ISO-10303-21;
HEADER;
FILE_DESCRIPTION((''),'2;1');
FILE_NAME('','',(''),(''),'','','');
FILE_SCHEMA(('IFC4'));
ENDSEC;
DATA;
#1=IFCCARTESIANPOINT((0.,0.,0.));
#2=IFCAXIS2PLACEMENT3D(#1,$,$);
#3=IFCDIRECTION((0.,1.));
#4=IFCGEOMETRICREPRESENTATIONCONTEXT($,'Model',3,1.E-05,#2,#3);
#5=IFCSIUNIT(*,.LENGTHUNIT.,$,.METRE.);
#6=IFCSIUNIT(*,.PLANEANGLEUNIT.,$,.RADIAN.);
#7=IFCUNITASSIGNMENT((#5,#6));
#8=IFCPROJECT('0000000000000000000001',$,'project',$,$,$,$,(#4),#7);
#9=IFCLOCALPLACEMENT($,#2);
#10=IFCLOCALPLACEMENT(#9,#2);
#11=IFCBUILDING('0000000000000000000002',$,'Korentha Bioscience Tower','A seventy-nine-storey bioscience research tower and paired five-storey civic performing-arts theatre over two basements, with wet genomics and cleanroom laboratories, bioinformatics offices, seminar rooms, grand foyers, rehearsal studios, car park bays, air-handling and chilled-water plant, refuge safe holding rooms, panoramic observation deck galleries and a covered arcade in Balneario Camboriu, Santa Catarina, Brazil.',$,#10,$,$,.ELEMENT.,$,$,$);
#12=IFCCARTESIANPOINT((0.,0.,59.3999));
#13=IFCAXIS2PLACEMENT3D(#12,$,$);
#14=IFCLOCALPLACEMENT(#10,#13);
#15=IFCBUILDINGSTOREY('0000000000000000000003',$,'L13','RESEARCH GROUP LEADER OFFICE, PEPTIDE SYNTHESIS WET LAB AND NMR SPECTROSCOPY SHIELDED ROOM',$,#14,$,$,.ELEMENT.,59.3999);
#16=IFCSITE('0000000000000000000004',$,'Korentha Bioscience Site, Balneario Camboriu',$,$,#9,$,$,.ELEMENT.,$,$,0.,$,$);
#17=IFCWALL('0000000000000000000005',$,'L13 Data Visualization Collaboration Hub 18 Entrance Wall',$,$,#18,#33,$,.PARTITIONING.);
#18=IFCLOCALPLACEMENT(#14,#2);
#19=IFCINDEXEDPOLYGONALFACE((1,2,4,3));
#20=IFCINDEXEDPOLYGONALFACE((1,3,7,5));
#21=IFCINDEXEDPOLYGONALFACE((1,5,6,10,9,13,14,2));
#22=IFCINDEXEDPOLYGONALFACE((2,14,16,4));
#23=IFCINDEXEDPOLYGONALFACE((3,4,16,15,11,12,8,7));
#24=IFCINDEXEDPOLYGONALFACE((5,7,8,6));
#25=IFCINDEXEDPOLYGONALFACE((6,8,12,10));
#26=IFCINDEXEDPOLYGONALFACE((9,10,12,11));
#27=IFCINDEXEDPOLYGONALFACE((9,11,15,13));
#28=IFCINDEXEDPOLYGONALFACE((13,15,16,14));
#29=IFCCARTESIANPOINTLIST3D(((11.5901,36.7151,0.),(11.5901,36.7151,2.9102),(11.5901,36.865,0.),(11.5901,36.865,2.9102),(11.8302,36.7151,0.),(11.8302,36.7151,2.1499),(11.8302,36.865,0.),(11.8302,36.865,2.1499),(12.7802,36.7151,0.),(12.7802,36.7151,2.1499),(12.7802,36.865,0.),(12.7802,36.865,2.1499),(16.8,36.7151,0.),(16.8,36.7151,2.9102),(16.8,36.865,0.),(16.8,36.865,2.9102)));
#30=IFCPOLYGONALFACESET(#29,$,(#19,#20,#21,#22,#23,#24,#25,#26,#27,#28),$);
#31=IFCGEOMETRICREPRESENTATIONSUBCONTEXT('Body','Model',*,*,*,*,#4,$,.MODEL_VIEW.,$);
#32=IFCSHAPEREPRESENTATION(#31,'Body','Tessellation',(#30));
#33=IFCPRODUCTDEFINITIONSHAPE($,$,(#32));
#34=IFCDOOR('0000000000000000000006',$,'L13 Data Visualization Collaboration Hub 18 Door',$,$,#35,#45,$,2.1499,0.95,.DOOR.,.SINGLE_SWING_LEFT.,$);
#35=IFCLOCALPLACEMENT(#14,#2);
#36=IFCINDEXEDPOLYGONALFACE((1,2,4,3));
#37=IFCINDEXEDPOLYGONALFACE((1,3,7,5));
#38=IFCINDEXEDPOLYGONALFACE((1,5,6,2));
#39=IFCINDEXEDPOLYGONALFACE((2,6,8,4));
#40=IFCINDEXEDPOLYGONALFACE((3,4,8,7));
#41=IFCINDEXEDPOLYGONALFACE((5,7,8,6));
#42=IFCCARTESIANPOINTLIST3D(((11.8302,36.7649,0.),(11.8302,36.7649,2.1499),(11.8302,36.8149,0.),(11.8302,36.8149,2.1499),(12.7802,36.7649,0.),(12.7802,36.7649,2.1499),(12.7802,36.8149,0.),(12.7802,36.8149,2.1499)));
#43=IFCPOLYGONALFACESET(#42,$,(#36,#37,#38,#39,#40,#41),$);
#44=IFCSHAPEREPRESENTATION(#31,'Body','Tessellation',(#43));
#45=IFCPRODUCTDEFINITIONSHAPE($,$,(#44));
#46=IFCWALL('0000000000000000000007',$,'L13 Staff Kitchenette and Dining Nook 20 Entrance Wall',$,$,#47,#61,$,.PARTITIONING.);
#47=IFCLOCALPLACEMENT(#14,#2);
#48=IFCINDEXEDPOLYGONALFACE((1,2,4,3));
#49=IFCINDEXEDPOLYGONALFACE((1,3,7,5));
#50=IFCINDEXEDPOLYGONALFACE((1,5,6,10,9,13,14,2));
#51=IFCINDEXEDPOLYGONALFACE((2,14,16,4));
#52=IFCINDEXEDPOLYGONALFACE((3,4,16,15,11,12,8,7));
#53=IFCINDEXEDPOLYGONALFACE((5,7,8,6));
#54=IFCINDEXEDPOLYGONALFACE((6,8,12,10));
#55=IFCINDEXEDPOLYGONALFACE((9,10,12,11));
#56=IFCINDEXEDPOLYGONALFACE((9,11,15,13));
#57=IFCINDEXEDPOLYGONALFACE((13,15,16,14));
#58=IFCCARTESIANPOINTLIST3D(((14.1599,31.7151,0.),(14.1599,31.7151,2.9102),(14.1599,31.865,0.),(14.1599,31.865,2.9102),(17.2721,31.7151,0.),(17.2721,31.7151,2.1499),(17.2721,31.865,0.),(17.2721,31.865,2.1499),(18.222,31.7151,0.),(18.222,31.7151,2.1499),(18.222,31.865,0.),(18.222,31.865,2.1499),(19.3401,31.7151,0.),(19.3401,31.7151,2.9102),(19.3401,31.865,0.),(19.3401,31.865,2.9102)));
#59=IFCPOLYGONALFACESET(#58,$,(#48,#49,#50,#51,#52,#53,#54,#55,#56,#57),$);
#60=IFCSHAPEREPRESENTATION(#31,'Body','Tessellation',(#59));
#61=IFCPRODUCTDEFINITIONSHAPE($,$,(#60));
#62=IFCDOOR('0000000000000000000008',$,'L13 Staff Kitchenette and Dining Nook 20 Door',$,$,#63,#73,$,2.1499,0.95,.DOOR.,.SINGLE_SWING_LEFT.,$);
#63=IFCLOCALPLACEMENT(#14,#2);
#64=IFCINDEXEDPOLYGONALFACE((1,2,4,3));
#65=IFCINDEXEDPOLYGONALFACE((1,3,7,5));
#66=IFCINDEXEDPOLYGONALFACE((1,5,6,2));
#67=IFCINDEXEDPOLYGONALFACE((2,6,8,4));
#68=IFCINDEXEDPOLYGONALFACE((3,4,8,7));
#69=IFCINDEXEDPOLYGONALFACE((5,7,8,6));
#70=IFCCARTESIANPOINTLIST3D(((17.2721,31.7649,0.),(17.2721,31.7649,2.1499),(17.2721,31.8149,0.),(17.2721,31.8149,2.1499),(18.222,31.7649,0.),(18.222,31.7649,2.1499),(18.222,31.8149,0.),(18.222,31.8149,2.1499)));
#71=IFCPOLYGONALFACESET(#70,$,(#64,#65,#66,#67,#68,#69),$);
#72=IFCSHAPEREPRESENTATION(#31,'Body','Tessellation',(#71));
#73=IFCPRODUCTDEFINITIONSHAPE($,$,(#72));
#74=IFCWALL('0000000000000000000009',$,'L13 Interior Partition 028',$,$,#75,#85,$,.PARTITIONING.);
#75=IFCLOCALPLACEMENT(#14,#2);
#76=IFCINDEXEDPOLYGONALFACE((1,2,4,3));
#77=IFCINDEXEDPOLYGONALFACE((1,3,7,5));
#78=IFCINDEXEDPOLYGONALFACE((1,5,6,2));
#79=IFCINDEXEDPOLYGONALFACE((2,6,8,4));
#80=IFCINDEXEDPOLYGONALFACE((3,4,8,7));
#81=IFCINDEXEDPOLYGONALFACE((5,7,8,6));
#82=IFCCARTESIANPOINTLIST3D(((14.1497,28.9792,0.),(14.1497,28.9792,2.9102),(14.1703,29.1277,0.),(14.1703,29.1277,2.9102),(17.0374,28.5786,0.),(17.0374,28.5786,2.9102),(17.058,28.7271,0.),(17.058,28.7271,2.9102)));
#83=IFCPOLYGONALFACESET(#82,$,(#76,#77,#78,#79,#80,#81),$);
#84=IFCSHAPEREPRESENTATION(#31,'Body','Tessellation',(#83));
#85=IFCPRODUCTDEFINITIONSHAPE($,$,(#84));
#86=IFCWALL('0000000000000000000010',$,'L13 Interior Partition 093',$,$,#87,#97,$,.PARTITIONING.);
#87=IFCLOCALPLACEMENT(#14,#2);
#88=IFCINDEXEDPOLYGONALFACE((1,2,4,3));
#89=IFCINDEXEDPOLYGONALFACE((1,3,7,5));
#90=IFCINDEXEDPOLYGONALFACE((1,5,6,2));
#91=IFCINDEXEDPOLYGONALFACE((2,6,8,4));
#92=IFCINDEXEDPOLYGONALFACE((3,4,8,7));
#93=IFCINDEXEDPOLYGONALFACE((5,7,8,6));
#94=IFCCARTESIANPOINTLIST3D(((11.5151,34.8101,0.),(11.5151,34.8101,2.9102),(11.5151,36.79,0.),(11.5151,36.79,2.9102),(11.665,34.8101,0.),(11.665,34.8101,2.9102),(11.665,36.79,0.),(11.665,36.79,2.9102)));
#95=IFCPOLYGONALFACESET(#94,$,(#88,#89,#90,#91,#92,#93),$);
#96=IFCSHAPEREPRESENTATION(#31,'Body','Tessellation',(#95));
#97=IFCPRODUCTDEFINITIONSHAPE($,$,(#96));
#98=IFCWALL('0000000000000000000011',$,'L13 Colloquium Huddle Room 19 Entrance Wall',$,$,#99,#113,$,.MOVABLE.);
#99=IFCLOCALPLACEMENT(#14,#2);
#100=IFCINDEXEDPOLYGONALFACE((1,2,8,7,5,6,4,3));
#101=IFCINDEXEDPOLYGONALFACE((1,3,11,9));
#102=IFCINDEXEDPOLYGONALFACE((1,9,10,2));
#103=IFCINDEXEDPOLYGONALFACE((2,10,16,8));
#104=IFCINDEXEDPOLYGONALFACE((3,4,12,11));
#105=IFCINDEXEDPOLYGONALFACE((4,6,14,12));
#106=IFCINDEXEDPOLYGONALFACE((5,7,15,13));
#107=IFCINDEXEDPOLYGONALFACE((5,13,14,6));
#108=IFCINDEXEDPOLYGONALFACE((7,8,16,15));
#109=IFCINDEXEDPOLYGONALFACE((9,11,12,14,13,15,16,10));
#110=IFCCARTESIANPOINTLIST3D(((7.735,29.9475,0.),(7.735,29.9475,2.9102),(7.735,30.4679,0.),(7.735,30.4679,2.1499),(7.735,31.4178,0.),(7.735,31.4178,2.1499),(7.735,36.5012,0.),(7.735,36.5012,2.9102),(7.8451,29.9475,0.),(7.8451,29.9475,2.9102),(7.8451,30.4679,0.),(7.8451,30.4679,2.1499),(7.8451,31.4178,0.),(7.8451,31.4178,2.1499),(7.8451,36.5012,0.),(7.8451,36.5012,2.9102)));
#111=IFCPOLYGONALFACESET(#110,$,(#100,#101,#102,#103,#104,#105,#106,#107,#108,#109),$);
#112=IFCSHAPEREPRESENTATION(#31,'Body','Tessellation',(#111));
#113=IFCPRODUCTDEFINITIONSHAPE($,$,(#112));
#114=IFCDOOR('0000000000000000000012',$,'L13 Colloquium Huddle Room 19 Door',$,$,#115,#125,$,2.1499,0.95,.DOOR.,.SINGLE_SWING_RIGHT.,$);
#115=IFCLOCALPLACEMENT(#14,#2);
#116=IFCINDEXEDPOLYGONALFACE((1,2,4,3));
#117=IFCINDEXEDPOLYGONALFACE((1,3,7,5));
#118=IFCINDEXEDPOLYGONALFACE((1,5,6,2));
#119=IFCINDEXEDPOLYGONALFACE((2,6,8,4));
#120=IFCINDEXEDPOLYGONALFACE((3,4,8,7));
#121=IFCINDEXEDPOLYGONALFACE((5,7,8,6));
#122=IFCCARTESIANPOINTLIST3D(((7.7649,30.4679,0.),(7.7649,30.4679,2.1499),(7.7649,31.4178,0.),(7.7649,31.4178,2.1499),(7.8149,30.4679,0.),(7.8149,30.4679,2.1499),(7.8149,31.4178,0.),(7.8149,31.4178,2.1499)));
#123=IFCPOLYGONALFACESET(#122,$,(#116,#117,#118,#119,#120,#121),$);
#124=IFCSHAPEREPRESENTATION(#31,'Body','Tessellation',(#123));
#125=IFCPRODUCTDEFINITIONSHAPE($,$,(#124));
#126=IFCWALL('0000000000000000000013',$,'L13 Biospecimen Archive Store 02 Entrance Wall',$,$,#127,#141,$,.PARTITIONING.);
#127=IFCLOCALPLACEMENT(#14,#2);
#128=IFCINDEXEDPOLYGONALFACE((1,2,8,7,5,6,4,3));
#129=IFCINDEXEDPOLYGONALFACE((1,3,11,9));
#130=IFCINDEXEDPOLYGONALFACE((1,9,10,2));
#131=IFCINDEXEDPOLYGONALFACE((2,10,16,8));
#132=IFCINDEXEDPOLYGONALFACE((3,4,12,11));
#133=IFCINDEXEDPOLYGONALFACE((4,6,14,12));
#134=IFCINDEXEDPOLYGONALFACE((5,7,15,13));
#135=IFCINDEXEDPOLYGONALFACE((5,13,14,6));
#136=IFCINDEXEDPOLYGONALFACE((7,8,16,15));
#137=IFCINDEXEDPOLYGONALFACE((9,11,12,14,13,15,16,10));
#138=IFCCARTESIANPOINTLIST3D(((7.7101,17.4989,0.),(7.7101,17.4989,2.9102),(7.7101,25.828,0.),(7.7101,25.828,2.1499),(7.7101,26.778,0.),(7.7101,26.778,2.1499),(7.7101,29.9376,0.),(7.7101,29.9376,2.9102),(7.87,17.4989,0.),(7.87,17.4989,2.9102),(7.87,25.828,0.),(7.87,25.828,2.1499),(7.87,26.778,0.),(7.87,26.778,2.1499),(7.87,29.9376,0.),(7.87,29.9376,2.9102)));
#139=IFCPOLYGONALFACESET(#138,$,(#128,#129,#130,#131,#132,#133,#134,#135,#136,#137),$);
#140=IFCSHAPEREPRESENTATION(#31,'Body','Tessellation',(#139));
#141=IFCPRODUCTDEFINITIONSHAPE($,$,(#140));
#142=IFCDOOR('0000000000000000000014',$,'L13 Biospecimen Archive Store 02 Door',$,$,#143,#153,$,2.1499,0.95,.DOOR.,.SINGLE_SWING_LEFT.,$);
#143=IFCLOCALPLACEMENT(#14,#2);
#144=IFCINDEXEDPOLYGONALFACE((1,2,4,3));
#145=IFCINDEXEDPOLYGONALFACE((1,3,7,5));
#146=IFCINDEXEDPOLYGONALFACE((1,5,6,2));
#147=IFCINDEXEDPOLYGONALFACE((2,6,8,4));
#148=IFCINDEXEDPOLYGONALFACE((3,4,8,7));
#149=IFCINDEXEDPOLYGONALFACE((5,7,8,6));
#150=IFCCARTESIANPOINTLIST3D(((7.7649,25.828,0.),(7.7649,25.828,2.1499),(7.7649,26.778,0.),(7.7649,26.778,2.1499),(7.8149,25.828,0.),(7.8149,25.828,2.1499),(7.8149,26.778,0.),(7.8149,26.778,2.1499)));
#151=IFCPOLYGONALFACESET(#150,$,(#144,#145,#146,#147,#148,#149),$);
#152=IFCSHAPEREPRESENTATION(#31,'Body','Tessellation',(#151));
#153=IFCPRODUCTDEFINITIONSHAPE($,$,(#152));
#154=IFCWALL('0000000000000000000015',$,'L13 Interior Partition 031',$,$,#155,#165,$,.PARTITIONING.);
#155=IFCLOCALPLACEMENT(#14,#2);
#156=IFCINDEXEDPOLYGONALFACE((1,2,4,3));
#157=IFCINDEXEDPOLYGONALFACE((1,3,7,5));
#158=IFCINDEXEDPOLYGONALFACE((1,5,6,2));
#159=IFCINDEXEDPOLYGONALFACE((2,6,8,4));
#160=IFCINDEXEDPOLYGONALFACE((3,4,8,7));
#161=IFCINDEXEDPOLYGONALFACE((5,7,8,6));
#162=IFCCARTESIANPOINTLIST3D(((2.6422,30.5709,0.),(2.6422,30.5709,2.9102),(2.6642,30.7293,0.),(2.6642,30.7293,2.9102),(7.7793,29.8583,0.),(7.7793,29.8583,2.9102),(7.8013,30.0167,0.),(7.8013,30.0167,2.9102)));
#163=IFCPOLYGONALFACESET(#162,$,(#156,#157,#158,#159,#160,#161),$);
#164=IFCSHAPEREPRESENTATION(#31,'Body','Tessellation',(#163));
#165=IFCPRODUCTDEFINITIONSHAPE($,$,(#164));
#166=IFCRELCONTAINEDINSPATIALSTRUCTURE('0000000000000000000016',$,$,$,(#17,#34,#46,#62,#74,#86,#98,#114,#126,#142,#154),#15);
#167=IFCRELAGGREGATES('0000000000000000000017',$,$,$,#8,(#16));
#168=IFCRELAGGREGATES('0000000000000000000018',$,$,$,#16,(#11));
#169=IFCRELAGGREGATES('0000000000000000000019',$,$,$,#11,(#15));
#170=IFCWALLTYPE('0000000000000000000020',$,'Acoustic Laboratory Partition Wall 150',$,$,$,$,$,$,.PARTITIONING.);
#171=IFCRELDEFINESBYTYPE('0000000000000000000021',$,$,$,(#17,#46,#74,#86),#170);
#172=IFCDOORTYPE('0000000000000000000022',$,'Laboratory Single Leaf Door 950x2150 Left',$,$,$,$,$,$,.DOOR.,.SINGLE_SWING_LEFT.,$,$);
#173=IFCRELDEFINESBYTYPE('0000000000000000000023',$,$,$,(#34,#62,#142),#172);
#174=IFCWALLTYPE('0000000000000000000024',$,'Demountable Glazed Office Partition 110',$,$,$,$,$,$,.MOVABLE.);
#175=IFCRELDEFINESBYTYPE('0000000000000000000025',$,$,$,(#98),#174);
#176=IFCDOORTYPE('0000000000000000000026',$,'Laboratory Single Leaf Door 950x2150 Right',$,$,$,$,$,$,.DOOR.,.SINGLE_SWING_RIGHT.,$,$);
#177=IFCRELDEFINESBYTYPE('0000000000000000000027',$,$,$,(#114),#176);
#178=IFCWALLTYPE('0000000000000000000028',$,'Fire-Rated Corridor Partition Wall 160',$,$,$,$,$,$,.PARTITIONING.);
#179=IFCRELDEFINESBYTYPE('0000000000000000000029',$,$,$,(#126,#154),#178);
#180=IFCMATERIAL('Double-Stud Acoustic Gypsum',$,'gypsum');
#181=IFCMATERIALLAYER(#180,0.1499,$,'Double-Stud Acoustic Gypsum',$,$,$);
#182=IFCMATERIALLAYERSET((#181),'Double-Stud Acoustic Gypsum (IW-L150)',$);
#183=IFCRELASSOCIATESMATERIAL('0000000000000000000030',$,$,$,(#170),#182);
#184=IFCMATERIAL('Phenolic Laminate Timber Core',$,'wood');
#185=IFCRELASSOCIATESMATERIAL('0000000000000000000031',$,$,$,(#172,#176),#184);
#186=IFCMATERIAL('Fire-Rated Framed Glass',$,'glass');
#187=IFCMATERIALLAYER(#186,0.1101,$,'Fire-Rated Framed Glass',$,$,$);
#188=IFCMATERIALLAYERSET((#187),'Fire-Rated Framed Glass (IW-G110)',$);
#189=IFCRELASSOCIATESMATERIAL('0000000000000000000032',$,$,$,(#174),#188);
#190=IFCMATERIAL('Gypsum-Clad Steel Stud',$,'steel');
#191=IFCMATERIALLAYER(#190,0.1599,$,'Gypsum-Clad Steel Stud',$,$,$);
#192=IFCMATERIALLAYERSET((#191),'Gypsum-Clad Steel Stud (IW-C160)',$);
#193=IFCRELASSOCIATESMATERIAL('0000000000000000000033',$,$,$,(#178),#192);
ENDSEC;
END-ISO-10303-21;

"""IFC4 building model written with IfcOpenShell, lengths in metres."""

from ifc_helpers import new_model, si_unit, direction, frame, frame_2d, origin, place, context, subcontext, project, spatial, rectangle, extrude, material, layer, layer_set, type_object, element, fill, save


model = new_model("IFC4")

# Units and contexts
model_context = context("Model", 3, precision=1e-05, world=origin(), true_north=direction((0.0, 1.0)))
body_context = subcontext(model_context, "Body", "Model", "MODEL_VIEW")
ifc_project = project(units=[si_unit("LENGTHUNIT", "METRE"), si_unit("PLANEANGLEUNIT", "RADIAN")], contexts=[model_context])

# Site, building, storey
site_placement = place(None, origin())
site = spatial("IfcSite", under=ifc_project, at=site_placement, Name="Korentha Bioscience Site, Balneario Camboriu", CompositionType="ELEMENT", RefElevation=0.0)
building_placement = place(site_placement, origin())
building = spatial("IfcBuilding", under=site, at=building_placement, Name="Korentha Bioscience Tower", Description="A seventy-nine-storey bioscience research tower and paired five-storey civic performing-arts theatre over two basements, with wet genomics and cleanroom laboratories, bioinformatics offices, seminar rooms, grand foyers, rehearsal studios, car park bays, air-handling and chilled-water plant, refuge safe holding rooms, panoramic observation deck galleries and a covered arcade in Balneario Camboriu, Santa Catarina, Brazil.", CompositionType="ELEMENT")
storey_placement = place(building_placement, frame((0.0, 0.0, 59.3999)))
storey = spatial("IfcBuildingStorey", under=building, at=storey_placement, Name="L13", Description="RESEARCH GROUP LEADER OFFICE, PEPTIDE SYNTHESIS WET LAB AND NMR SPECTROSCOPY SHIELDED ROOM", CompositionType="ELEMENT", Elevation=59.3999)

# Walls, openings, doors
ifc_material_1 = material(Name="Double-Stud Acoustic Gypsum", Category="gypsum")
ifc_layer_1 = layer(ifc_material_1, 0.1499, Name="Double-Stud Acoustic Gypsum")
ifc_layer_set_1 = layer_set([ifc_layer_1], Name="Double-Stud Acoustic Gypsum (IW-L150)")
wall_type_1 = type_object("IfcWallType", Name="Acoustic Laboratory Partition Wall 150", PredefinedType="PARTITIONING", material=ifc_layer_set_1)
wall_1_placement = place(storey_placement, frame((11.5901, 36.79, 0.0), z_axis=(0.0, 0.0, 1.0), x_axis=(1.0, 0.0, 0.0)))
wall_1 = element("IfcWall", 1, at=wall_1_placement, inside=storey, type_object=wall_type_1, Name="L13 Data Visualization Collaboration Hub 18 Entrance Wall", PredefinedType="PARTITIONING", context=body_context, shape_type="SweptSolid", body=[
    extrude(rectangle(XDim=5.21, YDim=0.1499, at=frame_2d((2.605, 0.0))), origin(), (0.0, 0.0, 1.0), 2.9102),
])
opening_1_placement = place(wall_1_placement, frame((0.24, 0.0, 0.0)))
opening_1 = element("IfcOpeningElement", 2, at=opening_1_placement, cuts=wall_1, PredefinedType="OPENING", context=body_context, shape_type="SweptSolid", body=[
    extrude(rectangle(XDim=0.95, YDim=2.1499, at=frame_2d((0.4751, 1.075))), frame((0.0, 0.0898, 0.0), z_axis=(0.0, -1.0, 0.0), x_axis=(1.0, 0.0, 0.0)), (0.0, 0.0, 1.0), 0.1797),
])
ifc_material_2 = material(Name="Phenolic Laminate Timber Core", Category="wood")
door_type_1 = type_object("IfcDoorType", Name="Laboratory Single Leaf Door 950x2150 Left", OperationType="SINGLE_SWING_LEFT", PredefinedType="DOOR", material=ifc_material_2)
door_1_placement = place(opening_1_placement, origin())
door_1 = element("IfcDoor", 3, at=door_1_placement, inside=storey, type_object=door_type_1, Name="L13 Data Visualization Collaboration Hub 18 Door", OperationType="SINGLE_SWING_LEFT", OverallHeight=2.1499, OverallWidth=0.95, PredefinedType="DOOR", context=body_context, shape_type="SweptSolid", body=[
    extrude(rectangle(XDim=0.95, YDim=2.1499, at=frame_2d((0.4751, 1.075))), frame((0.0, 0.0249, 0.0), z_axis=(0.0, -1.0, 0.0), x_axis=(1.0, 0.0, 0.0)), (0.0, 0.0, 1.0), 0.05),
])
fill(opening_1, door_1)
wall_2_placement = place(storey_placement, frame((14.1599, 31.79, 0.0), z_axis=(0.0, 0.0, 1.0), x_axis=(1.0, 0.0, 0.0)))
wall_2 = element("IfcWall", 4, at=wall_2_placement, inside=storey, type_object=wall_type_1, Name="L13 Staff Kitchenette and Dining Nook 20 Entrance Wall", PredefinedType="PARTITIONING", context=body_context, shape_type="SweptSolid", body=[
    extrude(rectangle(XDim=5.1802, YDim=0.1499, at=frame_2d((2.5901, 0.0))), origin(), (0.0, 0.0, 1.0), 2.9102),
])
opening_2_placement = place(wall_2_placement, frame((3.1121, 0.0, 0.0)))
opening_2 = element("IfcOpeningElement", 5, at=opening_2_placement, cuts=wall_2, PredefinedType="OPENING", context=body_context, shape_type="SweptSolid", body=[
    extrude(rectangle(XDim=0.95, YDim=2.1499, at=frame_2d((0.4751, 1.075))), frame((0.0, 0.0898, 0.0), z_axis=(0.0, -1.0, 0.0), x_axis=(1.0, 0.0, 0.0)), (0.0, 0.0, 1.0), 0.1797),
])
door_2_placement = place(opening_2_placement, origin())
door_2 = element("IfcDoor", 6, at=door_2_placement, inside=storey, type_object=door_type_1, Name="L13 Staff Kitchenette and Dining Nook 20 Door", OperationType="SINGLE_SWING_LEFT", OverallHeight=2.1499, OverallWidth=0.95, PredefinedType="DOOR", context=body_context, shape_type="SweptSolid", body=[
    extrude(rectangle(XDim=0.95, YDim=2.1499, at=frame_2d((0.4751, 1.075))), frame((0.0, 0.0249, 0.0), z_axis=(0.0, -1.0, 0.0), x_axis=(1.0, 0.0, 0.0)), (0.0, 0.0, 1.0), 0.05),
])
fill(opening_2, door_2)

# Walls
wall_3_placement = place(storey_placement, frame((14.1602, 29.0535, 0.0), z_axis=(0.0, 0.0, 1.0), x_axis=(0.990513, -0.137422, 0.0)))
element("IfcWall", 7, at=wall_3_placement, inside=storey, type_object=wall_type_1, Name="L13 Interior Partition 028", PredefinedType="PARTITIONING", context=body_context, shape_type="SweptSolid", body=[
    extrude(rectangle(XDim=2.9153, YDim=0.1499, at=frame_2d((1.4575, 0.0))), origin(), (0.0, 0.0, 1.0), 2.9102),
])
wall_4_placement = place(storey_placement, frame((11.5901, 34.8101, 0.0), z_axis=(0.0, 0.0, 1.0), x_axis=(0.0, 1.0, 0.0)))
element("IfcWall", 8, at=wall_4_placement, inside=storey, type_object=wall_type_1, Name="L13 Interior Partition 093", PredefinedType="PARTITIONING", context=body_context, shape_type="SweptSolid", body=[
    extrude(rectangle(XDim=1.98, YDim=0.1499, at=frame_2d((0.99, 0.0))), origin(), (0.0, 0.0, 1.0), 2.9102),
])

# Walls, openings, doors
ifc_material_3 = material(Name="Fire-Rated Framed Glass", Category="glass")
ifc_layer_2 = layer(ifc_material_3, 0.1101, Name="Fire-Rated Framed Glass")
ifc_layer_set_2 = layer_set([ifc_layer_2], Name="Fire-Rated Framed Glass (IW-G110)")
wall_type_2 = type_object("IfcWallType", Name="Demountable Glazed Office Partition 110", PredefinedType="MOVABLE", material=ifc_layer_set_2)
wall_5_placement = place(storey_placement, frame((7.79, 36.5012, 0.0), z_axis=(0.0, 0.0, 1.0), x_axis=(0.0, -1.0, 0.0)))
wall_5 = element("IfcWall", 9, at=wall_5_placement, inside=storey, type_object=wall_type_2, Name="L13 Colloquium Huddle Room 19 Entrance Wall", PredefinedType="MOVABLE", context=body_context, shape_type="SweptSolid", body=[
    extrude(rectangle(XDim=6.5537, YDim=0.1101, at=frame_2d((3.2769, 0.0))), origin(), (0.0, 0.0, 1.0), 2.9102),
])
opening_3_placement = place(wall_5_placement, frame((5.0833, 0.0, 0.0)))
opening_3 = element("IfcOpeningElement", 10, at=opening_3_placement, cuts=wall_5, PredefinedType="OPENING", context=body_context, shape_type="SweptSolid", body=[
    extrude(rectangle(XDim=0.95, YDim=2.1499, at=frame_2d((0.4751, 1.075))), frame((0.0, 0.0698, 0.0), z_axis=(0.0, -1.0, 0.0), x_axis=(1.0, 0.0, 0.0)), (0.0, 0.0, 1.0), 0.1399),
])
door_type_2 = type_object("IfcDoorType", Name="Laboratory Single Leaf Door 950x2150 Right", OperationType="SINGLE_SWING_RIGHT", PredefinedType="DOOR", material=ifc_material_2)
door_3_placement = place(opening_3_placement, origin())
door_3 = element("IfcDoor", 11, at=door_3_placement, inside=storey, type_object=door_type_2, Name="L13 Colloquium Huddle Room 19 Door", OperationType="SINGLE_SWING_RIGHT", OverallHeight=2.1499, OverallWidth=0.95, PredefinedType="DOOR", context=body_context, shape_type="SweptSolid", body=[
    extrude(rectangle(XDim=0.95, YDim=2.1499, at=frame_2d((0.4751, 1.075))), frame((0.0, 0.0249, 0.0), z_axis=(0.0, -1.0, 0.0), x_axis=(1.0, 0.0, 0.0)), (0.0, 0.0, 1.0), 0.05),
])
fill(opening_3, door_3)
ifc_material_4 = material(Name="Gypsum-Clad Steel Stud", Category="steel")
ifc_layer_3 = layer(ifc_material_4, 0.1599, Name="Gypsum-Clad Steel Stud")
ifc_layer_set_3 = layer_set([ifc_layer_3], Name="Gypsum-Clad Steel Stud (IW-C160)")
wall_type_3 = type_object("IfcWallType", Name="Fire-Rated Corridor Partition Wall 160", PredefinedType="PARTITIONING", material=ifc_layer_set_3)
wall_6_placement = place(storey_placement, frame((7.79, 29.9375, 0.0), z_axis=(0.0, 0.0, 1.0), x_axis=(0.0, -1.0, 0.0)))
wall_6 = element("IfcWall", 12, at=wall_6_placement, inside=storey, type_object=wall_type_3, Name="L13 Biospecimen Archive Store 02 Entrance Wall", PredefinedType="PARTITIONING", context=body_context, shape_type="SweptSolid", body=[
    extrude(rectangle(XDim=12.4387, YDim=0.1599, at=frame_2d((6.2192, 0.0))), origin(), (0.0, 0.0, 1.0), 2.9102),
])
opening_4_placement = place(wall_6_placement, frame((3.1594, 0.0, 0.0)))
opening_4 = element("IfcOpeningElement", 13, at=opening_4_placement, cuts=wall_6, PredefinedType="OPENING", context=body_context, shape_type="SweptSolid", body=[
    extrude(rectangle(XDim=0.95, YDim=2.1499, at=frame_2d((0.4751, 1.075))), frame((0.0, 0.0947, 0.0), z_axis=(0.0, -1.0, 0.0), x_axis=(1.0, 0.0, 0.0)), (0.0, 0.0, 1.0), 0.1897),
])
door_4_placement = place(opening_4_placement, origin())
door_4 = element("IfcDoor", 14, at=door_4_placement, inside=storey, type_object=door_type_1, Name="L13 Biospecimen Archive Store 02 Door", OperationType="SINGLE_SWING_LEFT", OverallHeight=2.1499, OverallWidth=0.95, PredefinedType="DOOR", context=body_context, shape_type="SweptSolid", body=[
    extrude(rectangle(XDim=0.95, YDim=2.1499, at=frame_2d((0.4751, 1.075))), frame((0.0, 0.0249, 0.0), z_axis=(0.0, -1.0, 0.0), x_axis=(1.0, 0.0, 0.0)), (0.0, 0.0, 1.0), 0.05),
])
fill(opening_4, door_4)

# Wall
wall_7_placement = place(storey_placement, frame((2.6531, 30.6501, 0.0), z_axis=(0.0, 0.0, 1.0), x_axis=(0.990514, -0.137413, 0.0)))
element("IfcWall", 15, at=wall_7_placement, inside=storey, type_object=wall_type_3, Name="L13 Interior Partition 031", PredefinedType="PARTITIONING", context=body_context, shape_type="SweptSolid", body=[
    extrude(rectangle(XDim=5.1863, YDim=0.1599, at=frame_2d((2.5933, 0.0))), origin(), (0.0, 0.0, 1.0), 2.9102),
])

save(model, "model.ifc")
